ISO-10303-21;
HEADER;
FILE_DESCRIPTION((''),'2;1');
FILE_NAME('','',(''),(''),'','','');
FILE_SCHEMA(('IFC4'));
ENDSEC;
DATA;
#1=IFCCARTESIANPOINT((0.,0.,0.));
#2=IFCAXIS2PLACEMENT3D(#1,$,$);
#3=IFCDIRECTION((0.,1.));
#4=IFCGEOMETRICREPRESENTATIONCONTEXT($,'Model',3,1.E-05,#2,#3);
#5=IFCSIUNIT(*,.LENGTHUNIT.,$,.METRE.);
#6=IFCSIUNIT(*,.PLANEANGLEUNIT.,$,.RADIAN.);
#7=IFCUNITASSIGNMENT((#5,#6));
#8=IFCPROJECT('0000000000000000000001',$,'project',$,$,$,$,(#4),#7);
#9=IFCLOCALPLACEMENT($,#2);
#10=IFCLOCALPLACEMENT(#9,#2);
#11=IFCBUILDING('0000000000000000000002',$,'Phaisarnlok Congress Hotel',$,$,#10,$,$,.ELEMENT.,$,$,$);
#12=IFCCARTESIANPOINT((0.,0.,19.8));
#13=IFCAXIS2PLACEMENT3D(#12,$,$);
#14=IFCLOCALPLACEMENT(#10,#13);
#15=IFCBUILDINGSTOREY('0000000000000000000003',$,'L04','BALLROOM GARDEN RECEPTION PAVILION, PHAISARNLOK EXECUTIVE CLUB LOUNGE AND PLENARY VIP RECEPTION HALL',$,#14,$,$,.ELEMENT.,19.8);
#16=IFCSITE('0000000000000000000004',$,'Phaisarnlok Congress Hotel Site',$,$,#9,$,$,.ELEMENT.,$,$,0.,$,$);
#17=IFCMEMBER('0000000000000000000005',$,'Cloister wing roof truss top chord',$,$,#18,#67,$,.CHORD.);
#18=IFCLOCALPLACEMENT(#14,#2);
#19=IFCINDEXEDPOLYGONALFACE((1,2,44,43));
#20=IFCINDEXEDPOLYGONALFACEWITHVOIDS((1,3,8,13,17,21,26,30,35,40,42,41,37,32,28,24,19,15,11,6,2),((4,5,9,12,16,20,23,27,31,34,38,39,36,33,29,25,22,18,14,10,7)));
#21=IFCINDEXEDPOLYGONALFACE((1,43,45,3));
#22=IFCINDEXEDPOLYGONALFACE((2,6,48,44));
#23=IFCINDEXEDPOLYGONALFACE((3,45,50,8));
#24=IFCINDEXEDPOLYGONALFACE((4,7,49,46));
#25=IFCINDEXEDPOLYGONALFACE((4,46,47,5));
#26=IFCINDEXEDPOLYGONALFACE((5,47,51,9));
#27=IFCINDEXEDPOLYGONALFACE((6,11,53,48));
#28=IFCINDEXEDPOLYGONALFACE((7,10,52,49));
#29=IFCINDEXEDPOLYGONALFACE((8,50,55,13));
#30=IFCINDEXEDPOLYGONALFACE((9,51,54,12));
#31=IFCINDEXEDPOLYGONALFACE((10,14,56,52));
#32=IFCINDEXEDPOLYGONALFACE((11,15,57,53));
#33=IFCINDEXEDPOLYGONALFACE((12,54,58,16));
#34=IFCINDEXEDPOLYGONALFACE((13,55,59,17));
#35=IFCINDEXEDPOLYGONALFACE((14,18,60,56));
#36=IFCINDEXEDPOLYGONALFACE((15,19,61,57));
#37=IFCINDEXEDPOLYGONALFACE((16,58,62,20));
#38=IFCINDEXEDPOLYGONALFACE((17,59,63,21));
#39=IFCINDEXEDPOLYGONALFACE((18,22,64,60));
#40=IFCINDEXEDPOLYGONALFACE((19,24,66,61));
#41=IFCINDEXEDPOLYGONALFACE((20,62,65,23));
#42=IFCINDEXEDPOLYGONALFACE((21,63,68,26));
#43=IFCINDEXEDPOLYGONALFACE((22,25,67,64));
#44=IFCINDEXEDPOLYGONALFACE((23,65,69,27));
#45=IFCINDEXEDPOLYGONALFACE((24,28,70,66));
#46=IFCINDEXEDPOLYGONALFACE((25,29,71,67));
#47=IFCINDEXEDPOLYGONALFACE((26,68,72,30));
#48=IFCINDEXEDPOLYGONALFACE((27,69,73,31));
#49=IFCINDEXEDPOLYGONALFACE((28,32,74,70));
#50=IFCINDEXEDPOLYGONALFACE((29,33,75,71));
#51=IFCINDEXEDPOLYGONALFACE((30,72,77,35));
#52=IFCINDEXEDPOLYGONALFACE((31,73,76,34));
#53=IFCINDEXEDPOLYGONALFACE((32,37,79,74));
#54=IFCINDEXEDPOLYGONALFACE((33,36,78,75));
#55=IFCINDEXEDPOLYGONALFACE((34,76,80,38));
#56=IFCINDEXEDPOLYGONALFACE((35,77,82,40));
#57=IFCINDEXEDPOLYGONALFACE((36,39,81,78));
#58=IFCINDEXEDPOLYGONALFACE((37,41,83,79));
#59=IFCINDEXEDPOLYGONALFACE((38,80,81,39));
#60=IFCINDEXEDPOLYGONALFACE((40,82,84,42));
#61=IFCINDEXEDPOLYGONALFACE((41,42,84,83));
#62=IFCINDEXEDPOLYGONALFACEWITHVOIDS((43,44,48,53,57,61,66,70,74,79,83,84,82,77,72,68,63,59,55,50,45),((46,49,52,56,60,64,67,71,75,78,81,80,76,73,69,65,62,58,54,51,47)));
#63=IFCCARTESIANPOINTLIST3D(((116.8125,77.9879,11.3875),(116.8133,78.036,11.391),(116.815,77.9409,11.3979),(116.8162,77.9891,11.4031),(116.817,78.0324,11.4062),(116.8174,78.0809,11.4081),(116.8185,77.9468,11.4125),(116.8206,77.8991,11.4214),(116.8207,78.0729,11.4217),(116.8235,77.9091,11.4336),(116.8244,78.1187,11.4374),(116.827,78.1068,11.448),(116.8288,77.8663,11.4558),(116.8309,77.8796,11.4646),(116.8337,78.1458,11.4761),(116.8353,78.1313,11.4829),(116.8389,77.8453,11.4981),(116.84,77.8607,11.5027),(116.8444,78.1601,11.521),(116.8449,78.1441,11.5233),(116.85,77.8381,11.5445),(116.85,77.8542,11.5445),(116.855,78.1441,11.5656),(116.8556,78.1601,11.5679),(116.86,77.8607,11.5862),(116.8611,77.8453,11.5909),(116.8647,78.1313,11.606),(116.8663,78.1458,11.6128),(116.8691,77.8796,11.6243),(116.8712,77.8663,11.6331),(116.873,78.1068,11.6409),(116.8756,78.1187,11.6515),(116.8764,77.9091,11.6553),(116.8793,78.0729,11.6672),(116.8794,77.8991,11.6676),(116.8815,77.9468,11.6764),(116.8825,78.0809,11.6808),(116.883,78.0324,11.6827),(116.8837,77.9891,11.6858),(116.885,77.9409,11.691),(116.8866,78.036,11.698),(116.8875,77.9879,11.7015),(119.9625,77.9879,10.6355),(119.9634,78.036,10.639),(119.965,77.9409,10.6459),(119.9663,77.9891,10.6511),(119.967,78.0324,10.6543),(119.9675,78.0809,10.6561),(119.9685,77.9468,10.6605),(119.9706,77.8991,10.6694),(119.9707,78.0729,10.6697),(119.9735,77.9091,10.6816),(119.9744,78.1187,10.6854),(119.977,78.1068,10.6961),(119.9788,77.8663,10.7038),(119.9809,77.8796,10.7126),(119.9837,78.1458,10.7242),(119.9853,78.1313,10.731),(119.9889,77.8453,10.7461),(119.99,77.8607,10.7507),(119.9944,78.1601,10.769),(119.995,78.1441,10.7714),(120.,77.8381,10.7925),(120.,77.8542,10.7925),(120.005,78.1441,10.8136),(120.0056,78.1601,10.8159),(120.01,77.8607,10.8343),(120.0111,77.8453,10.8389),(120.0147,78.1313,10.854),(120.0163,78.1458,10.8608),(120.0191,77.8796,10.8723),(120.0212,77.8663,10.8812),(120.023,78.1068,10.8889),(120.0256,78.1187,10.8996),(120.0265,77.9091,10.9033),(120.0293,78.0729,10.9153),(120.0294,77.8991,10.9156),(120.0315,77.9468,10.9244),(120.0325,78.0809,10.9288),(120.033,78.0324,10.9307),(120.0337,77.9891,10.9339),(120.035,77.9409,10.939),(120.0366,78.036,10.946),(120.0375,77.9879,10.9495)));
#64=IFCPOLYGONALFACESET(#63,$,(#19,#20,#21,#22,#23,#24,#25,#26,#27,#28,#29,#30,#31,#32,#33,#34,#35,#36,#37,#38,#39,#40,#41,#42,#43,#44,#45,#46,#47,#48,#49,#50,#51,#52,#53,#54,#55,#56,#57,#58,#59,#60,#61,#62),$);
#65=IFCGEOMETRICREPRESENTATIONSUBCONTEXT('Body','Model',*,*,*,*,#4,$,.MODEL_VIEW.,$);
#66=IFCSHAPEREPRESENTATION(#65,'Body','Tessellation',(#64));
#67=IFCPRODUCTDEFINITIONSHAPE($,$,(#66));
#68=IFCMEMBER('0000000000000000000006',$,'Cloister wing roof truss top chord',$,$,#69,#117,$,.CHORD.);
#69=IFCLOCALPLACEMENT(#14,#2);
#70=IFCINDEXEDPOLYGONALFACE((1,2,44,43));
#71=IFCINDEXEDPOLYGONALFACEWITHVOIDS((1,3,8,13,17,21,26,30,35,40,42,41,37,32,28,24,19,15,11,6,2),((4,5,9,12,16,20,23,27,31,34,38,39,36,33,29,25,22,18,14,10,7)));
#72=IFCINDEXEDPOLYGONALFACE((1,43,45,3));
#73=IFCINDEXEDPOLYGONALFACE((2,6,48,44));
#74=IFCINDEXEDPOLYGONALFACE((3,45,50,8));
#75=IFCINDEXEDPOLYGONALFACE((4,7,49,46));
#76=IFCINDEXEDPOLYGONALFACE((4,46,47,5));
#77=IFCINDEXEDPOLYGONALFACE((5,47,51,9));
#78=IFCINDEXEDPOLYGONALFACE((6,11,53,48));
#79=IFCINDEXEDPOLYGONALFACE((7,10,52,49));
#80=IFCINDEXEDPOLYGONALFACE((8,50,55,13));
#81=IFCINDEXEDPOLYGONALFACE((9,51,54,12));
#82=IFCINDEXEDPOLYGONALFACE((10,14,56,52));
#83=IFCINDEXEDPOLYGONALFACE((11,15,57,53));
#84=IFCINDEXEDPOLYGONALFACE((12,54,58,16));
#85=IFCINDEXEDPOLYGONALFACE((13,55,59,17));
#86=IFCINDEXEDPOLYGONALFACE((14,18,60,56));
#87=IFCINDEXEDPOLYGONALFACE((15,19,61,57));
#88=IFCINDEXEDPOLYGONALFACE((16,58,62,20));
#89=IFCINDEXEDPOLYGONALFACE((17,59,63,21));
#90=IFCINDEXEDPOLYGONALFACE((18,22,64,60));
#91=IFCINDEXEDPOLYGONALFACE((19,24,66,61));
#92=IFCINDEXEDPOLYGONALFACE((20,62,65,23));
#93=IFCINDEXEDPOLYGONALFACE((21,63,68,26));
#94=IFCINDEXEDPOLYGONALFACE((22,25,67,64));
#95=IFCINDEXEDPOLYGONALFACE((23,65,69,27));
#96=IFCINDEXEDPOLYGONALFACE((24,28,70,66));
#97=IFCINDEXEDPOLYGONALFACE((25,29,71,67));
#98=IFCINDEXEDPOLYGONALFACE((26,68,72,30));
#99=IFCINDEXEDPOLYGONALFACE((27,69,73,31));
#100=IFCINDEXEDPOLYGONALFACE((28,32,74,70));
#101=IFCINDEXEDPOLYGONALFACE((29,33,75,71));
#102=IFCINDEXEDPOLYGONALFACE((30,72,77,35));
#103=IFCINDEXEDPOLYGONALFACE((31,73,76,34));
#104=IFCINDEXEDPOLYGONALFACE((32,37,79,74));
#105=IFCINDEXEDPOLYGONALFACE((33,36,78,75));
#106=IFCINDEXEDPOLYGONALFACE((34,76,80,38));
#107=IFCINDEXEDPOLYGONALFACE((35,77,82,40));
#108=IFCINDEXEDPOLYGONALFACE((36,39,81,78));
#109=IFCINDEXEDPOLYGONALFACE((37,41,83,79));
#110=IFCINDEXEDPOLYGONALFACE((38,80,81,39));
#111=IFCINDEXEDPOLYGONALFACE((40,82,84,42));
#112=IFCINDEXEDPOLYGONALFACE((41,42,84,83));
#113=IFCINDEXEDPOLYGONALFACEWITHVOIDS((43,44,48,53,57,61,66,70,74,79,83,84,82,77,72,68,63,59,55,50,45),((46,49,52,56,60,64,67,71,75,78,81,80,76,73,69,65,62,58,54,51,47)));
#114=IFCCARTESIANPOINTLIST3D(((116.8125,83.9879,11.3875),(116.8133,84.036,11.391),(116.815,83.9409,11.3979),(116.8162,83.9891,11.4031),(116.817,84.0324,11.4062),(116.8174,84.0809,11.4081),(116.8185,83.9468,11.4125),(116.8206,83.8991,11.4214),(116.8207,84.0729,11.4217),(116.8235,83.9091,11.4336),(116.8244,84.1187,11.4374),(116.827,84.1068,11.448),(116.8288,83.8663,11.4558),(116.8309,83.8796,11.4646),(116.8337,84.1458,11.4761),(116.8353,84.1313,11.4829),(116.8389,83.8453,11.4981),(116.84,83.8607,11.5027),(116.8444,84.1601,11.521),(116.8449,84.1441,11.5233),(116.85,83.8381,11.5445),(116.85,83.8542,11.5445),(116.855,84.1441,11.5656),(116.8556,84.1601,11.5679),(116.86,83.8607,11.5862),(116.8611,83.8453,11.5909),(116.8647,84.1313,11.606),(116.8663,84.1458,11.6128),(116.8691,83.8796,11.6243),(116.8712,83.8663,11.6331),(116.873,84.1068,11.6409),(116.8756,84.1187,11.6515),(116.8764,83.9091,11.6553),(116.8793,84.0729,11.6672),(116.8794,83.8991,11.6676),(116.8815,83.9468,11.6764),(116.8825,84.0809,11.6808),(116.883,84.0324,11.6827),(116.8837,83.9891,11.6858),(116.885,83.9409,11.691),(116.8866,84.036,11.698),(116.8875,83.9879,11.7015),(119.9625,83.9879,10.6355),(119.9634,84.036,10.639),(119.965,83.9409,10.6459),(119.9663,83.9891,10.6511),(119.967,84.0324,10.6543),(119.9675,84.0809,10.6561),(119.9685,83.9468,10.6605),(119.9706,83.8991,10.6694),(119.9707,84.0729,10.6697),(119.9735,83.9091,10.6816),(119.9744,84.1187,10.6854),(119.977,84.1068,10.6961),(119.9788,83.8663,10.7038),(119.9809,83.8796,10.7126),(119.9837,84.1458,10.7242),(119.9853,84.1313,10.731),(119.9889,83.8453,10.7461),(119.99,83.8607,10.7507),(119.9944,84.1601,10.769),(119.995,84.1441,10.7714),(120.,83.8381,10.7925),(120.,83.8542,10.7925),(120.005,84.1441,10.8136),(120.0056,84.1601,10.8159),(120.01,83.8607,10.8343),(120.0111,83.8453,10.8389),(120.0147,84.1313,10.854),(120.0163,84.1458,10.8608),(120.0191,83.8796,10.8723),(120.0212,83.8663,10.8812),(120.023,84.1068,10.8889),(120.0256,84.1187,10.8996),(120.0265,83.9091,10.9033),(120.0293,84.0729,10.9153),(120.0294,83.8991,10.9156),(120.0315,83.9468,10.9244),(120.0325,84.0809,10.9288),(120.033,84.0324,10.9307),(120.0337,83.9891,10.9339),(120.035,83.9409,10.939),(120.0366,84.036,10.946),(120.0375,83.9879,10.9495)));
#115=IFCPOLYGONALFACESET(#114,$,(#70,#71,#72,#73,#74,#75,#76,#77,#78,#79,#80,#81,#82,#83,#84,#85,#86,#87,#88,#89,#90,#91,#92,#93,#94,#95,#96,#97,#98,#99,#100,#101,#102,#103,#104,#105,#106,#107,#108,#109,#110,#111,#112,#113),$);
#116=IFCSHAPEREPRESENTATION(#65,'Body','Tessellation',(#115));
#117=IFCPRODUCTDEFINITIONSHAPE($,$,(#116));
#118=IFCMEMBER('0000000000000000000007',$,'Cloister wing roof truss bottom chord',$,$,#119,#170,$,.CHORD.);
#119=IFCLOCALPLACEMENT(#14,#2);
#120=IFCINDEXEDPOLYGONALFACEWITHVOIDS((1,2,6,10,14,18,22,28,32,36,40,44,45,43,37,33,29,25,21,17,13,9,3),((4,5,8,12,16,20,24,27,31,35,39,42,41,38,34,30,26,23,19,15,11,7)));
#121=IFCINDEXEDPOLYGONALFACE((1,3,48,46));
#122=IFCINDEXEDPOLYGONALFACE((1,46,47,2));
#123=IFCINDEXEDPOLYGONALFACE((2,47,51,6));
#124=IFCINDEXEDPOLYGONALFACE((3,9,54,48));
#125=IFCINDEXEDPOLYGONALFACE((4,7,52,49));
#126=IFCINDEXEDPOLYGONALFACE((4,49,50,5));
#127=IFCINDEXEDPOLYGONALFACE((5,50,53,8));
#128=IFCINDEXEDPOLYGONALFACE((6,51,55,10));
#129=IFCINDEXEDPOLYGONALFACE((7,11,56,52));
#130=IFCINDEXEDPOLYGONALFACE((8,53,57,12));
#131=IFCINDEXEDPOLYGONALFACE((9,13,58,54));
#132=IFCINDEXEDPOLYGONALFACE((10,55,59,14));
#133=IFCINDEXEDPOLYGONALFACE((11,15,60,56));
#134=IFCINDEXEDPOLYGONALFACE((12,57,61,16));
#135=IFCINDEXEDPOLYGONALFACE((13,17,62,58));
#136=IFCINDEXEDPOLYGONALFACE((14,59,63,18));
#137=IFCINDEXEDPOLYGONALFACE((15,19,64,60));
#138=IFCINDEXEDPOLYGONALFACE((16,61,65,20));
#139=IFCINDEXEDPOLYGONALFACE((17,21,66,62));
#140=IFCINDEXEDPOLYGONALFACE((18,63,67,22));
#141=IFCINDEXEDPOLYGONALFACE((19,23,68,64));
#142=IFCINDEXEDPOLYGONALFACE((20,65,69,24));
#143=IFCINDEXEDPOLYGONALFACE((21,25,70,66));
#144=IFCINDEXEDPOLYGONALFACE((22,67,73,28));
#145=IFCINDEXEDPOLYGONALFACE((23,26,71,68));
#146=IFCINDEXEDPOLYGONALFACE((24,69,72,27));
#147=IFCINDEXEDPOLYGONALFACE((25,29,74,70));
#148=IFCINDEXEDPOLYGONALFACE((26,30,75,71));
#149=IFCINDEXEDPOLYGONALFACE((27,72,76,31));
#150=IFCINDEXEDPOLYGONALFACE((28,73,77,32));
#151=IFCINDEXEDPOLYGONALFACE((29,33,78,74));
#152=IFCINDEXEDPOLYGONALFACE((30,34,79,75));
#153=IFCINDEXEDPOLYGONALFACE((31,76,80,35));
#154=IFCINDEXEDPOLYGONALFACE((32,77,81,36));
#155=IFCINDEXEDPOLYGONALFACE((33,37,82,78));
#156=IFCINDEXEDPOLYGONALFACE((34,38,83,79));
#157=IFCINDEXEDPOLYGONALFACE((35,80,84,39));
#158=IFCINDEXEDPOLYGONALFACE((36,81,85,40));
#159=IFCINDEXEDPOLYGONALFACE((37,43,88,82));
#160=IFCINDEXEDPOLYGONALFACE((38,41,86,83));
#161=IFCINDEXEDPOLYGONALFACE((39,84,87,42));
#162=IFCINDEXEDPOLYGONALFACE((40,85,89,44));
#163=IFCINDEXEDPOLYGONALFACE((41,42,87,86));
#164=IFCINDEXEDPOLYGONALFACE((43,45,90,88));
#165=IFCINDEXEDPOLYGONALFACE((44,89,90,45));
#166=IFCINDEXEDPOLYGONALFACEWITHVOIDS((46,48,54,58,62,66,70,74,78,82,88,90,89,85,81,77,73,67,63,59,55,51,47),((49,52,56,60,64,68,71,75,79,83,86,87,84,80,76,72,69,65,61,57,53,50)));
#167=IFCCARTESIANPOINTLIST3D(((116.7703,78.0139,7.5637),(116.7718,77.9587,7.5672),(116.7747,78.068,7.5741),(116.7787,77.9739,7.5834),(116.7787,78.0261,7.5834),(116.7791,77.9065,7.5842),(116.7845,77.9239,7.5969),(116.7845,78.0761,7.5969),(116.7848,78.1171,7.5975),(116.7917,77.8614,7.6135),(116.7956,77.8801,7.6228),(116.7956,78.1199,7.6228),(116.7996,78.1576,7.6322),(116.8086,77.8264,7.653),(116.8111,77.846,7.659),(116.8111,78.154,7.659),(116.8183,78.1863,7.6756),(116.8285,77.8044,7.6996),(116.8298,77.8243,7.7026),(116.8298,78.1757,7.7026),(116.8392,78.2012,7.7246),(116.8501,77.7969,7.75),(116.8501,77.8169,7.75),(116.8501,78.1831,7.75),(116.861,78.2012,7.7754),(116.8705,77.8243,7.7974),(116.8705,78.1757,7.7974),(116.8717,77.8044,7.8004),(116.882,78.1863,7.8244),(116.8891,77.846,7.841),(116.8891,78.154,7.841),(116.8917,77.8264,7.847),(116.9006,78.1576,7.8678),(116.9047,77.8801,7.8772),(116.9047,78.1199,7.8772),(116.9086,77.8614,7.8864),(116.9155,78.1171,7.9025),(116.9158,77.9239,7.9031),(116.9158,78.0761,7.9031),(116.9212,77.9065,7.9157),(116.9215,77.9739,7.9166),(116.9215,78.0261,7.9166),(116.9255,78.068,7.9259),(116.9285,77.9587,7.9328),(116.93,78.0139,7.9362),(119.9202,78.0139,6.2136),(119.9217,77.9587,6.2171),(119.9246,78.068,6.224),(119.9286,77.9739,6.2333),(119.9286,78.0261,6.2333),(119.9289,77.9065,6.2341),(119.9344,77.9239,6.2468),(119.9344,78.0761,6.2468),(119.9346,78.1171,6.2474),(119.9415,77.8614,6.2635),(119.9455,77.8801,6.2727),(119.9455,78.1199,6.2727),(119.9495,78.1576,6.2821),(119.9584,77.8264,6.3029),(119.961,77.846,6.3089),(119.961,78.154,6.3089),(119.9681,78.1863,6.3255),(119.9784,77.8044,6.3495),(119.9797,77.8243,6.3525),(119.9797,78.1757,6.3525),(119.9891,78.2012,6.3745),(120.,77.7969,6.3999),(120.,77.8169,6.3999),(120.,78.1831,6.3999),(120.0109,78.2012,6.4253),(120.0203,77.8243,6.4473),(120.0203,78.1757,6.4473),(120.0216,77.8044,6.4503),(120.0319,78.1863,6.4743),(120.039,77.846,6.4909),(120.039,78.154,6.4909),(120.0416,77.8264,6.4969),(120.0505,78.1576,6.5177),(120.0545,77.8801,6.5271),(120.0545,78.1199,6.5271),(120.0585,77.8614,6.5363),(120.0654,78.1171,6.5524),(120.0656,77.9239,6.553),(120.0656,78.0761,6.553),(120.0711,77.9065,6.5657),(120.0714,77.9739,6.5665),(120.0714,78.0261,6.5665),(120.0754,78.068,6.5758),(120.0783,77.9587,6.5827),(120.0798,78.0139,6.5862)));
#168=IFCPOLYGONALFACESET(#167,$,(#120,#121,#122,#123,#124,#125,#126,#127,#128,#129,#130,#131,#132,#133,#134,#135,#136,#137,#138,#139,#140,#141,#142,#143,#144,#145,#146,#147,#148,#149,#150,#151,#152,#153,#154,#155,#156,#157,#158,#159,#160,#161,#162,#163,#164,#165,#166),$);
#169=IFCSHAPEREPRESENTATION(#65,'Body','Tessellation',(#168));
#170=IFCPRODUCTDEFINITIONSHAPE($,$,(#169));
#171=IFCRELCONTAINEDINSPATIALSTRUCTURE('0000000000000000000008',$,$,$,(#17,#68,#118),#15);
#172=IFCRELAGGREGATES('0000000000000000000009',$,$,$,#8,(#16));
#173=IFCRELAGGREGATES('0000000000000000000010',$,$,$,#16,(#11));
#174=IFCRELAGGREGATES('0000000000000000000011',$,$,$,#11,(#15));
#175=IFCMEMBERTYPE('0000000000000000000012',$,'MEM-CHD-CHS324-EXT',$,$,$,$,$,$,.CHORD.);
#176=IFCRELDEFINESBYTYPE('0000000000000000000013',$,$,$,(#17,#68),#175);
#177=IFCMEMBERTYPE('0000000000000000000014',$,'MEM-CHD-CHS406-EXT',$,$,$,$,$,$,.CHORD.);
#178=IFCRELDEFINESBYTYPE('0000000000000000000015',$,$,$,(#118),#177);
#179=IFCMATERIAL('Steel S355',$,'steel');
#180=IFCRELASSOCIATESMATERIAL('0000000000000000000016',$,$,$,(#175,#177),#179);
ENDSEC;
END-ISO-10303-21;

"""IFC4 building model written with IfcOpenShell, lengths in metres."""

from ifc_helpers import new_model, si_unit, direction, frame, origin, origin_2d, place, context, subcontext, project, spatial, hollow_circle, extrude, material, material_profile, profile_set, type_object, element, save


model = new_model("IFC4")

# Units and contexts
model_context = context("Model", 3, precision=1e-05, world=origin(), true_north=direction((0.0, 1.0)))
body_context = subcontext(model_context, "Body", "Model", "MODEL_VIEW")
ifc_project = project(units=[si_unit("LENGTHUNIT", "METRE"), si_unit("PLANEANGLEUNIT", "RADIAN")], contexts=[model_context])

# Site, building, storey
site_placement = place(None, origin())
site = spatial("IfcSite", under=ifc_project, at=site_placement, Name="Phaisarnlok Congress Hotel Site", CompositionType="ELEMENT", RefElevation=0.0)
building_placement = place(site_placement, origin())
building = spatial("IfcBuilding", under=site, at=building_placement, Name="Phaisarnlok Congress Hotel", CompositionType="ELEMENT")
storey_placement = place(building_placement, frame((0.0, 0.0, 19.8)))
storey = spatial("IfcBuildingStorey", under=building, at=storey_placement, Name="L04", Description="BALLROOM GARDEN RECEPTION PAVILION, PHAISARNLOK EXECUTIVE CLUB LOUNGE AND PLENARY VIP RECEPTION HALL", CompositionType="ELEMENT", Elevation=19.8)

# Shared definitions
ifc_material_1 = material(Name="Steel S355", Category="steel")

# Members
ifc_material_profile_1 = material_profile(ifc_material_1, hollow_circle(Radius=0.1619, WallThickness=0.0161, at=origin_2d()), Name="CHS 323.9x16")
ifc_profile_set_1 = profile_set([ifc_material_profile_1], Name="Steel S355")
member_type_1 = type_object("IfcMemberType", Name="MEM-CHD-CHS324-EXT", PredefinedType="CHORD", material=ifc_profile_set_1)
for number, where, z_axis, x_axis, name in (
    (1, (120.0, 78.0, 10.7925), (-0.972669, 0.0, 0.232198), (0.0, -1.0, 0.0), "Cloister wing roof truss top chord"),
    (2, (120.0, 84.0, 10.7925), (-0.972669, 0.0, 0.232198), (0.0, -1.0, 0.0), "Cloister wing roof truss top chord"),
):
    element("IfcMember", number, at=place(storey_placement, frame(where, z_axis=z_axis, x_axis=x_axis)), inside=storey, type_object=member_type_1, Name=name, PredefinedType="CHORD", context=body_context, shape_type="SweptSolid", body=[
        extrude(hollow_circle(Radius=0.1619, WallThickness=0.0161, at=origin_2d()), origin(), (0.0, 0.0, 1.0), 3.2385),
    ])
ifc_material_profile_2 = material_profile(ifc_material_1, hollow_circle(Radius=0.2031, WallThickness=0.02, at=origin_2d()), Name="CHS 406.4x20")
ifc_profile_set_2 = profile_set([ifc_material_profile_2], Name="Steel S355")
member_type_2 = type_object("IfcMemberType", Name="MEM-CHD-CHS406-EXT", PredefinedType="CHORD", material=ifc_profile_set_2)
for number, where, z_axis, x_axis, name in (
    (3, (120.0, 78.0, 6.3999), (-0.91913, 0.0, 0.393954), (0.0, -1.0, 0.0), "Cloister wing roof truss bottom chord"),
):
    element("IfcMember", number, at=place(storey_placement, frame(where, z_axis=z_axis, x_axis=x_axis)), inside=storey, type_object=member_type_2, Name=name, PredefinedType="CHORD", context=body_context, shape_type="SweptSolid", body=[
        extrude(hollow_circle(Radius=0.2031, WallThickness=0.02, at=origin_2d()), origin(), (0.0, 0.0, 1.0), 3.427),
    ])

save(model, "model.ifc")
